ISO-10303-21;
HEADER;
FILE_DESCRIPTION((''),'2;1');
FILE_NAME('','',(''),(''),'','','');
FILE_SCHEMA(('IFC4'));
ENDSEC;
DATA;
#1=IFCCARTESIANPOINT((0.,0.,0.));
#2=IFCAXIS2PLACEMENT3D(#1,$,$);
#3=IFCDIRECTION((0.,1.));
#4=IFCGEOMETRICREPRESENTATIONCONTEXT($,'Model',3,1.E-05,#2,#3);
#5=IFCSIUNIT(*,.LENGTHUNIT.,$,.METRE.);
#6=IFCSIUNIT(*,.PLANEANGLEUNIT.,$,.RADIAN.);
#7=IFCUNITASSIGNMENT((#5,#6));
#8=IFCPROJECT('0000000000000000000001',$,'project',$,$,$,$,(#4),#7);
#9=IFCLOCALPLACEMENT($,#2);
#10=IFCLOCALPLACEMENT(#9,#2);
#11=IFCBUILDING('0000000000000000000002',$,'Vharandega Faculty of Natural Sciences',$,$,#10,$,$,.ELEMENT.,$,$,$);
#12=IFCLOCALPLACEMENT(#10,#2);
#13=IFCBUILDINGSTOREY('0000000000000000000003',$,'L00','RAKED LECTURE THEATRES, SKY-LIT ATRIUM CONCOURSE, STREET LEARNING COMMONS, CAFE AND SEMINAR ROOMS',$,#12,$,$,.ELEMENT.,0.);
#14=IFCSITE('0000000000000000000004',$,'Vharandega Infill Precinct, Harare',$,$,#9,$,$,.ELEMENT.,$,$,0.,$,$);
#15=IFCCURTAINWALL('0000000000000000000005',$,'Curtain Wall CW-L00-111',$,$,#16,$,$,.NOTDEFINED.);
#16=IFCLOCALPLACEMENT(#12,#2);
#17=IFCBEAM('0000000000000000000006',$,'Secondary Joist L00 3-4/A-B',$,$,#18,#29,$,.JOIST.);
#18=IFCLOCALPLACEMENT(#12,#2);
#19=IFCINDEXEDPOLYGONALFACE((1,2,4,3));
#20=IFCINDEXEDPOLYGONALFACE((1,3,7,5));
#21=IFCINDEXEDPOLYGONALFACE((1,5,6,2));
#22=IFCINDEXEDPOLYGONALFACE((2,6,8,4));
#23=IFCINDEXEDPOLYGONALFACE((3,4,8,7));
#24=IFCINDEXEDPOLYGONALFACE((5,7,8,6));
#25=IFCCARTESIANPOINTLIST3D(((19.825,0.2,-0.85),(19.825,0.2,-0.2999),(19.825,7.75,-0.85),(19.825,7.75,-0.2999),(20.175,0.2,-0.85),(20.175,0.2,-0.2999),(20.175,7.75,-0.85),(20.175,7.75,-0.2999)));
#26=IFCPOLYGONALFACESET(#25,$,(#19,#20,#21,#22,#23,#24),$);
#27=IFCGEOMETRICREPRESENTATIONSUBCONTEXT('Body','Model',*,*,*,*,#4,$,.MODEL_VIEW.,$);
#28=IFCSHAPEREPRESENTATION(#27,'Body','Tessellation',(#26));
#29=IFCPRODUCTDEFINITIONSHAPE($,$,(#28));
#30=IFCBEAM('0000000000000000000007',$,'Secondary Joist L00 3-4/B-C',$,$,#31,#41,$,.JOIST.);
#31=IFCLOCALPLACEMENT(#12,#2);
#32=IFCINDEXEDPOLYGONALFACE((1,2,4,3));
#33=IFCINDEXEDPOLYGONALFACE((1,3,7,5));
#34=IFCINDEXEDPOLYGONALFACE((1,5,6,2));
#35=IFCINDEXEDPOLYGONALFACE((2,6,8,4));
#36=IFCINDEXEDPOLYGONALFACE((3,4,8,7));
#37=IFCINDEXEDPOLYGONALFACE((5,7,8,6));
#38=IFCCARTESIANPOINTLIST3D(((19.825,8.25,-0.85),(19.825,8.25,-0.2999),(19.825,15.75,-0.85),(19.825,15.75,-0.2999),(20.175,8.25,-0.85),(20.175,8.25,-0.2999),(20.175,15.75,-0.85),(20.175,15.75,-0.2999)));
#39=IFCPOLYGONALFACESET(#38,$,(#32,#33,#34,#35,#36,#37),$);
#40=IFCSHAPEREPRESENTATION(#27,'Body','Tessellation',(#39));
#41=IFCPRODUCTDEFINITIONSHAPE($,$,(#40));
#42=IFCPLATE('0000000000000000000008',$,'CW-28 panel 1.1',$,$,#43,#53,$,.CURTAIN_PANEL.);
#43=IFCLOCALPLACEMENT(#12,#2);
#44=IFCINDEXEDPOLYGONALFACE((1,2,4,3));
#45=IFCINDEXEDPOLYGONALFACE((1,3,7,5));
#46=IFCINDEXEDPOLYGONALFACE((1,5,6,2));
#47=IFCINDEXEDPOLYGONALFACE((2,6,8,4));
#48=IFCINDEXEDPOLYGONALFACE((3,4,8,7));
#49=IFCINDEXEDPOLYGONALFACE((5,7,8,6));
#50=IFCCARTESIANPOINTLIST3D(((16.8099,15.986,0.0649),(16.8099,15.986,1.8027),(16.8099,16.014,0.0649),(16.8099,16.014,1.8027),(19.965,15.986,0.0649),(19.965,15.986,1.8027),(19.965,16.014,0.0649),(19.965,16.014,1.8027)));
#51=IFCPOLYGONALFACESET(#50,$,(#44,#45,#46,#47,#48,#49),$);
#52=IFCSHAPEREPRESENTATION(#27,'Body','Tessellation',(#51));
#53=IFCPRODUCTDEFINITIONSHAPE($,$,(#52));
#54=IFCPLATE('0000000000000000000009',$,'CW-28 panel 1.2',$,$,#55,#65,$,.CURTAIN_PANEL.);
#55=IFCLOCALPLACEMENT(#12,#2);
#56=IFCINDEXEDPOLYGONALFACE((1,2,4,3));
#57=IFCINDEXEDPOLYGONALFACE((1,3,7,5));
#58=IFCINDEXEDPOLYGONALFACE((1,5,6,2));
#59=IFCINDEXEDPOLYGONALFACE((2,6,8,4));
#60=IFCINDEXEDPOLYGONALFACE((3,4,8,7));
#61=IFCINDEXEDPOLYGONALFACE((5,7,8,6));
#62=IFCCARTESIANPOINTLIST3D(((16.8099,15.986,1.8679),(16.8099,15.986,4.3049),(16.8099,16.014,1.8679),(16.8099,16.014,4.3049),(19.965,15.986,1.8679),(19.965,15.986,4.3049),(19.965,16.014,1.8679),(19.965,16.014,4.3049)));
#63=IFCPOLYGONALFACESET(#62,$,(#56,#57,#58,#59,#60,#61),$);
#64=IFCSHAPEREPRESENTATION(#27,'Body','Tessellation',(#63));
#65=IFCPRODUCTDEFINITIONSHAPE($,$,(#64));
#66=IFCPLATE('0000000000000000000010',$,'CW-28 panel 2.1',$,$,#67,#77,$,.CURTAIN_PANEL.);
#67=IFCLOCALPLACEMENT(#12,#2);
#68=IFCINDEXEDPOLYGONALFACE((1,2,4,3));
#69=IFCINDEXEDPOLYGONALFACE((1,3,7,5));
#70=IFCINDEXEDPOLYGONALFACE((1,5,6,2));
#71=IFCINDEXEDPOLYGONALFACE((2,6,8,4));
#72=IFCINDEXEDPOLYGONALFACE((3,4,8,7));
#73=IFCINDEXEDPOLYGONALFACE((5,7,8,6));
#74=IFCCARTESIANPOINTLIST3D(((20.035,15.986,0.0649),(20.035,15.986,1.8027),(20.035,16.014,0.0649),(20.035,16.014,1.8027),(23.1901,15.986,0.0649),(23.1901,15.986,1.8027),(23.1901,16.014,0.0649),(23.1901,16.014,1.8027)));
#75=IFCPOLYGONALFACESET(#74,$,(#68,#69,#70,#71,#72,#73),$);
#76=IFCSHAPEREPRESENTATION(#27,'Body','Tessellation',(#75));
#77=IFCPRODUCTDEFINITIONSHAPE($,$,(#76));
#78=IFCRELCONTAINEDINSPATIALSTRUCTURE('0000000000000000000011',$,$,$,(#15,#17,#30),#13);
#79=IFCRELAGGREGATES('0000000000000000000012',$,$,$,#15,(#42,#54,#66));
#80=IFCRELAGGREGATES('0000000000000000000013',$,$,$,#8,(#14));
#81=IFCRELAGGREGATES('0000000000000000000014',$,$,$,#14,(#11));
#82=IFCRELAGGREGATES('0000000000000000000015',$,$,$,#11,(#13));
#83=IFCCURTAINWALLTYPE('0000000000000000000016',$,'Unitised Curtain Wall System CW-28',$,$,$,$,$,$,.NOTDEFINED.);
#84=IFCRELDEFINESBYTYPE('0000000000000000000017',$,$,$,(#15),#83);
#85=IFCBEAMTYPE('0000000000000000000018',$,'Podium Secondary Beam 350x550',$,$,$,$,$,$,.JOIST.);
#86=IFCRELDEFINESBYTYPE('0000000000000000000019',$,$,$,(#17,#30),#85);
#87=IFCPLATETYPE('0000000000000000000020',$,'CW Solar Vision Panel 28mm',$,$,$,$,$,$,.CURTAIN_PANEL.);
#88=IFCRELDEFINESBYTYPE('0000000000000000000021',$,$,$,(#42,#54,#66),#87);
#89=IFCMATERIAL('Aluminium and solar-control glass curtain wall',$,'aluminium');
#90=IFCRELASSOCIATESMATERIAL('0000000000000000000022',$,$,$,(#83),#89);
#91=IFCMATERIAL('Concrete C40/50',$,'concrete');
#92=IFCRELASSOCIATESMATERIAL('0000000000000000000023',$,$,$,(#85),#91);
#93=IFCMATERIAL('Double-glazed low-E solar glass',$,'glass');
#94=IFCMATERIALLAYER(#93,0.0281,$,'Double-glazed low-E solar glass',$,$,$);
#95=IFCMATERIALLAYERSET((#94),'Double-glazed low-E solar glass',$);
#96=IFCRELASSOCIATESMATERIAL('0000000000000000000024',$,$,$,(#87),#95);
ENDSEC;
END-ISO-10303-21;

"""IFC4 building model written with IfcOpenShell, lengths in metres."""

from ifc_helpers import new_model, si_unit, direction, frame, origin, origin_2d, place, context, subcontext, project, spatial, rectangle, extrude, material, layer, layer_set, material_profile, profile_set, type_object, element, aggregate, save


model = new_model("IFC4")

# Units and contexts
model_context = context("Model", 3, precision=1e-05, world=origin(), true_north=direction((0.0, 1.0)))
body_context = subcontext(model_context, "Body", "Model", "MODEL_VIEW")
ifc_project = project(units=[si_unit("LENGTHUNIT", "METRE"), si_unit("PLANEANGLEUNIT", "RADIAN")], contexts=[model_context])

# Site, building, storey
site_placement = place(None, origin())
site = spatial("IfcSite", under=ifc_project, at=site_placement, Name="Vharandega Infill Precinct, Harare", CompositionType="ELEMENT", RefElevation=0.0)
building_placement = place(site_placement, origin())
building = spatial("IfcBuilding", under=site, at=building_placement, Name="Vharandega Faculty of Natural Sciences", CompositionType="ELEMENT")
storey_placement = place(building_placement, origin())
storey = spatial("IfcBuildingStorey", under=building, at=storey_placement, Name="L00", Description="RAKED LECTURE THEATRES, SKY-LIT ATRIUM CONCOURSE, STREET LEARNING COMMONS, CAFE AND SEMINAR ROOMS", CompositionType="ELEMENT", Elevation=0.0)

# Curtain wall
ifc_material_1 = material(Name="Aluminium and solar-control glass curtain wall", Category="aluminium")
curtain_wall_type = type_object("IfcCurtainWallType", Name="Unitised Curtain Wall System CW-28", PredefinedType="NOTDEFINED", material=ifc_material_1)
curtain_wall_placement = place(storey_placement, origin())
curtain_wall = element("IfcCurtainWall", 1, at=curtain_wall_placement, inside=storey, type_object=curtain_wall_type, Name="Curtain Wall CW-L00-111", PredefinedType="NOTDEFINED")

# Beams
ifc_material_2 = material(Name="Concrete C40/50", Category="concrete")
ifc_material_profile_1 = material_profile(ifc_material_2, rectangle(XDim=0.3501, YDim=0.55, at=origin_2d()), Name="RC 350x550")
ifc_profile_set_1 = profile_set([ifc_material_profile_1], Name="Concrete C40/50")
beam_type_1 = type_object("IfcBeamType", Name="Podium Secondary Beam 350x550", PredefinedType="JOIST", material=ifc_profile_set_1)
beam_1_placement = place(storey_placement, frame((20.0, 0.2, -0.575), z_axis=(0.0, 1.0, 0.0), x_axis=(-1.0, 0.0, 0.0)))
element("IfcBeam", 2, at=beam_1_placement, inside=storey, type_object=beam_type_1, Name="Secondary Joist L00 3-4/A-B", PredefinedType="JOIST", context=body_context, shape_type="SweptSolid", body=[
    extrude(rectangle(XDim=0.3501, YDim=0.55, at=origin_2d()), origin(), (0.0, 0.0, 1.0), 7.55),
])
beam_2_placement = place(storey_placement, frame((20.0, 8.25, -0.575), z_axis=(0.0, 1.0, 0.0), x_axis=(-1.0, 0.0, 0.0)))
element("IfcBeam", 3, at=beam_2_placement, inside=storey, type_object=beam_type_1, Name="Secondary Joist L00 3-4/B-C", PredefinedType="JOIST", context=body_context, shape_type="SweptSolid", body=[
    extrude(rectangle(XDim=0.3501, YDim=0.55, at=origin_2d()), origin(), (0.0, 0.0, 1.0), 7.5),
])

# Plates
ifc_material_3 = material(Name="Double-glazed low-E solar glass", Category="glass")
ifc_layer = layer(ifc_material_3, 0.0281, Name="Double-glazed low-E solar glass")
ifc_layer_set = layer_set([ifc_layer], Name="Double-glazed low-E solar glass")
plate_type = type_object("IfcPlateType", Name="CW Solar Vision Panel 28mm", PredefinedType="CURTAIN_PANEL", material=ifc_layer_set)
plate_1_placement = place(storey_placement, frame((18.3875, 16.0, 0.0649), z_axis=(0.0, 0.0, 1.0), x_axis=(1.0, 0.0, 0.0)))
plate_1 = element("IfcPlate", 4, at=plate_1_placement, type_object=plate_type, Name="CW-28 panel 1.1", PredefinedType="CURTAIN_PANEL", context=body_context, shape_type="SweptSolid", body=[
    extrude(rectangle(XDim=3.155, YDim=0.0281, at=origin_2d()), origin(), (0.0, 0.0, 1.0), 1.7378),
])
plate_2_placement = place(storey_placement, frame((18.3875, 16.0, 1.8679), z_axis=(0.0, 0.0, 1.0), x_axis=(1.0, 0.0, 0.0)))
plate_2 = element("IfcPlate", 5, at=plate_2_placement, type_object=plate_type, Name="CW-28 panel 1.2", PredefinedType="CURTAIN_PANEL", context=body_context, shape_type="SweptSolid", body=[
    extrude(rectangle(XDim=3.155, YDim=0.0281, at=origin_2d()), origin(), (0.0, 0.0, 1.0), 2.437),
])
plate_3_placement = place(storey_placement, frame((21.6125, 16.0, 0.0649), z_axis=(0.0, 0.0, 1.0), x_axis=(1.0, 0.0, 0.0)))
plate_3 = element("IfcPlate", 6, at=plate_3_placement, type_object=plate_type, Name="CW-28 panel 2.1", PredefinedType="CURTAIN_PANEL", context=body_context, shape_type="SweptSolid", body=[
    extrude(rectangle(XDim=3.155, YDim=0.0281, at=origin_2d()), origin(), (0.0, 0.0, 1.0), 1.7378),
])
aggregate(curtain_wall, [plate_1, plate_2, plate_3])

save(model, "model.ifc")
